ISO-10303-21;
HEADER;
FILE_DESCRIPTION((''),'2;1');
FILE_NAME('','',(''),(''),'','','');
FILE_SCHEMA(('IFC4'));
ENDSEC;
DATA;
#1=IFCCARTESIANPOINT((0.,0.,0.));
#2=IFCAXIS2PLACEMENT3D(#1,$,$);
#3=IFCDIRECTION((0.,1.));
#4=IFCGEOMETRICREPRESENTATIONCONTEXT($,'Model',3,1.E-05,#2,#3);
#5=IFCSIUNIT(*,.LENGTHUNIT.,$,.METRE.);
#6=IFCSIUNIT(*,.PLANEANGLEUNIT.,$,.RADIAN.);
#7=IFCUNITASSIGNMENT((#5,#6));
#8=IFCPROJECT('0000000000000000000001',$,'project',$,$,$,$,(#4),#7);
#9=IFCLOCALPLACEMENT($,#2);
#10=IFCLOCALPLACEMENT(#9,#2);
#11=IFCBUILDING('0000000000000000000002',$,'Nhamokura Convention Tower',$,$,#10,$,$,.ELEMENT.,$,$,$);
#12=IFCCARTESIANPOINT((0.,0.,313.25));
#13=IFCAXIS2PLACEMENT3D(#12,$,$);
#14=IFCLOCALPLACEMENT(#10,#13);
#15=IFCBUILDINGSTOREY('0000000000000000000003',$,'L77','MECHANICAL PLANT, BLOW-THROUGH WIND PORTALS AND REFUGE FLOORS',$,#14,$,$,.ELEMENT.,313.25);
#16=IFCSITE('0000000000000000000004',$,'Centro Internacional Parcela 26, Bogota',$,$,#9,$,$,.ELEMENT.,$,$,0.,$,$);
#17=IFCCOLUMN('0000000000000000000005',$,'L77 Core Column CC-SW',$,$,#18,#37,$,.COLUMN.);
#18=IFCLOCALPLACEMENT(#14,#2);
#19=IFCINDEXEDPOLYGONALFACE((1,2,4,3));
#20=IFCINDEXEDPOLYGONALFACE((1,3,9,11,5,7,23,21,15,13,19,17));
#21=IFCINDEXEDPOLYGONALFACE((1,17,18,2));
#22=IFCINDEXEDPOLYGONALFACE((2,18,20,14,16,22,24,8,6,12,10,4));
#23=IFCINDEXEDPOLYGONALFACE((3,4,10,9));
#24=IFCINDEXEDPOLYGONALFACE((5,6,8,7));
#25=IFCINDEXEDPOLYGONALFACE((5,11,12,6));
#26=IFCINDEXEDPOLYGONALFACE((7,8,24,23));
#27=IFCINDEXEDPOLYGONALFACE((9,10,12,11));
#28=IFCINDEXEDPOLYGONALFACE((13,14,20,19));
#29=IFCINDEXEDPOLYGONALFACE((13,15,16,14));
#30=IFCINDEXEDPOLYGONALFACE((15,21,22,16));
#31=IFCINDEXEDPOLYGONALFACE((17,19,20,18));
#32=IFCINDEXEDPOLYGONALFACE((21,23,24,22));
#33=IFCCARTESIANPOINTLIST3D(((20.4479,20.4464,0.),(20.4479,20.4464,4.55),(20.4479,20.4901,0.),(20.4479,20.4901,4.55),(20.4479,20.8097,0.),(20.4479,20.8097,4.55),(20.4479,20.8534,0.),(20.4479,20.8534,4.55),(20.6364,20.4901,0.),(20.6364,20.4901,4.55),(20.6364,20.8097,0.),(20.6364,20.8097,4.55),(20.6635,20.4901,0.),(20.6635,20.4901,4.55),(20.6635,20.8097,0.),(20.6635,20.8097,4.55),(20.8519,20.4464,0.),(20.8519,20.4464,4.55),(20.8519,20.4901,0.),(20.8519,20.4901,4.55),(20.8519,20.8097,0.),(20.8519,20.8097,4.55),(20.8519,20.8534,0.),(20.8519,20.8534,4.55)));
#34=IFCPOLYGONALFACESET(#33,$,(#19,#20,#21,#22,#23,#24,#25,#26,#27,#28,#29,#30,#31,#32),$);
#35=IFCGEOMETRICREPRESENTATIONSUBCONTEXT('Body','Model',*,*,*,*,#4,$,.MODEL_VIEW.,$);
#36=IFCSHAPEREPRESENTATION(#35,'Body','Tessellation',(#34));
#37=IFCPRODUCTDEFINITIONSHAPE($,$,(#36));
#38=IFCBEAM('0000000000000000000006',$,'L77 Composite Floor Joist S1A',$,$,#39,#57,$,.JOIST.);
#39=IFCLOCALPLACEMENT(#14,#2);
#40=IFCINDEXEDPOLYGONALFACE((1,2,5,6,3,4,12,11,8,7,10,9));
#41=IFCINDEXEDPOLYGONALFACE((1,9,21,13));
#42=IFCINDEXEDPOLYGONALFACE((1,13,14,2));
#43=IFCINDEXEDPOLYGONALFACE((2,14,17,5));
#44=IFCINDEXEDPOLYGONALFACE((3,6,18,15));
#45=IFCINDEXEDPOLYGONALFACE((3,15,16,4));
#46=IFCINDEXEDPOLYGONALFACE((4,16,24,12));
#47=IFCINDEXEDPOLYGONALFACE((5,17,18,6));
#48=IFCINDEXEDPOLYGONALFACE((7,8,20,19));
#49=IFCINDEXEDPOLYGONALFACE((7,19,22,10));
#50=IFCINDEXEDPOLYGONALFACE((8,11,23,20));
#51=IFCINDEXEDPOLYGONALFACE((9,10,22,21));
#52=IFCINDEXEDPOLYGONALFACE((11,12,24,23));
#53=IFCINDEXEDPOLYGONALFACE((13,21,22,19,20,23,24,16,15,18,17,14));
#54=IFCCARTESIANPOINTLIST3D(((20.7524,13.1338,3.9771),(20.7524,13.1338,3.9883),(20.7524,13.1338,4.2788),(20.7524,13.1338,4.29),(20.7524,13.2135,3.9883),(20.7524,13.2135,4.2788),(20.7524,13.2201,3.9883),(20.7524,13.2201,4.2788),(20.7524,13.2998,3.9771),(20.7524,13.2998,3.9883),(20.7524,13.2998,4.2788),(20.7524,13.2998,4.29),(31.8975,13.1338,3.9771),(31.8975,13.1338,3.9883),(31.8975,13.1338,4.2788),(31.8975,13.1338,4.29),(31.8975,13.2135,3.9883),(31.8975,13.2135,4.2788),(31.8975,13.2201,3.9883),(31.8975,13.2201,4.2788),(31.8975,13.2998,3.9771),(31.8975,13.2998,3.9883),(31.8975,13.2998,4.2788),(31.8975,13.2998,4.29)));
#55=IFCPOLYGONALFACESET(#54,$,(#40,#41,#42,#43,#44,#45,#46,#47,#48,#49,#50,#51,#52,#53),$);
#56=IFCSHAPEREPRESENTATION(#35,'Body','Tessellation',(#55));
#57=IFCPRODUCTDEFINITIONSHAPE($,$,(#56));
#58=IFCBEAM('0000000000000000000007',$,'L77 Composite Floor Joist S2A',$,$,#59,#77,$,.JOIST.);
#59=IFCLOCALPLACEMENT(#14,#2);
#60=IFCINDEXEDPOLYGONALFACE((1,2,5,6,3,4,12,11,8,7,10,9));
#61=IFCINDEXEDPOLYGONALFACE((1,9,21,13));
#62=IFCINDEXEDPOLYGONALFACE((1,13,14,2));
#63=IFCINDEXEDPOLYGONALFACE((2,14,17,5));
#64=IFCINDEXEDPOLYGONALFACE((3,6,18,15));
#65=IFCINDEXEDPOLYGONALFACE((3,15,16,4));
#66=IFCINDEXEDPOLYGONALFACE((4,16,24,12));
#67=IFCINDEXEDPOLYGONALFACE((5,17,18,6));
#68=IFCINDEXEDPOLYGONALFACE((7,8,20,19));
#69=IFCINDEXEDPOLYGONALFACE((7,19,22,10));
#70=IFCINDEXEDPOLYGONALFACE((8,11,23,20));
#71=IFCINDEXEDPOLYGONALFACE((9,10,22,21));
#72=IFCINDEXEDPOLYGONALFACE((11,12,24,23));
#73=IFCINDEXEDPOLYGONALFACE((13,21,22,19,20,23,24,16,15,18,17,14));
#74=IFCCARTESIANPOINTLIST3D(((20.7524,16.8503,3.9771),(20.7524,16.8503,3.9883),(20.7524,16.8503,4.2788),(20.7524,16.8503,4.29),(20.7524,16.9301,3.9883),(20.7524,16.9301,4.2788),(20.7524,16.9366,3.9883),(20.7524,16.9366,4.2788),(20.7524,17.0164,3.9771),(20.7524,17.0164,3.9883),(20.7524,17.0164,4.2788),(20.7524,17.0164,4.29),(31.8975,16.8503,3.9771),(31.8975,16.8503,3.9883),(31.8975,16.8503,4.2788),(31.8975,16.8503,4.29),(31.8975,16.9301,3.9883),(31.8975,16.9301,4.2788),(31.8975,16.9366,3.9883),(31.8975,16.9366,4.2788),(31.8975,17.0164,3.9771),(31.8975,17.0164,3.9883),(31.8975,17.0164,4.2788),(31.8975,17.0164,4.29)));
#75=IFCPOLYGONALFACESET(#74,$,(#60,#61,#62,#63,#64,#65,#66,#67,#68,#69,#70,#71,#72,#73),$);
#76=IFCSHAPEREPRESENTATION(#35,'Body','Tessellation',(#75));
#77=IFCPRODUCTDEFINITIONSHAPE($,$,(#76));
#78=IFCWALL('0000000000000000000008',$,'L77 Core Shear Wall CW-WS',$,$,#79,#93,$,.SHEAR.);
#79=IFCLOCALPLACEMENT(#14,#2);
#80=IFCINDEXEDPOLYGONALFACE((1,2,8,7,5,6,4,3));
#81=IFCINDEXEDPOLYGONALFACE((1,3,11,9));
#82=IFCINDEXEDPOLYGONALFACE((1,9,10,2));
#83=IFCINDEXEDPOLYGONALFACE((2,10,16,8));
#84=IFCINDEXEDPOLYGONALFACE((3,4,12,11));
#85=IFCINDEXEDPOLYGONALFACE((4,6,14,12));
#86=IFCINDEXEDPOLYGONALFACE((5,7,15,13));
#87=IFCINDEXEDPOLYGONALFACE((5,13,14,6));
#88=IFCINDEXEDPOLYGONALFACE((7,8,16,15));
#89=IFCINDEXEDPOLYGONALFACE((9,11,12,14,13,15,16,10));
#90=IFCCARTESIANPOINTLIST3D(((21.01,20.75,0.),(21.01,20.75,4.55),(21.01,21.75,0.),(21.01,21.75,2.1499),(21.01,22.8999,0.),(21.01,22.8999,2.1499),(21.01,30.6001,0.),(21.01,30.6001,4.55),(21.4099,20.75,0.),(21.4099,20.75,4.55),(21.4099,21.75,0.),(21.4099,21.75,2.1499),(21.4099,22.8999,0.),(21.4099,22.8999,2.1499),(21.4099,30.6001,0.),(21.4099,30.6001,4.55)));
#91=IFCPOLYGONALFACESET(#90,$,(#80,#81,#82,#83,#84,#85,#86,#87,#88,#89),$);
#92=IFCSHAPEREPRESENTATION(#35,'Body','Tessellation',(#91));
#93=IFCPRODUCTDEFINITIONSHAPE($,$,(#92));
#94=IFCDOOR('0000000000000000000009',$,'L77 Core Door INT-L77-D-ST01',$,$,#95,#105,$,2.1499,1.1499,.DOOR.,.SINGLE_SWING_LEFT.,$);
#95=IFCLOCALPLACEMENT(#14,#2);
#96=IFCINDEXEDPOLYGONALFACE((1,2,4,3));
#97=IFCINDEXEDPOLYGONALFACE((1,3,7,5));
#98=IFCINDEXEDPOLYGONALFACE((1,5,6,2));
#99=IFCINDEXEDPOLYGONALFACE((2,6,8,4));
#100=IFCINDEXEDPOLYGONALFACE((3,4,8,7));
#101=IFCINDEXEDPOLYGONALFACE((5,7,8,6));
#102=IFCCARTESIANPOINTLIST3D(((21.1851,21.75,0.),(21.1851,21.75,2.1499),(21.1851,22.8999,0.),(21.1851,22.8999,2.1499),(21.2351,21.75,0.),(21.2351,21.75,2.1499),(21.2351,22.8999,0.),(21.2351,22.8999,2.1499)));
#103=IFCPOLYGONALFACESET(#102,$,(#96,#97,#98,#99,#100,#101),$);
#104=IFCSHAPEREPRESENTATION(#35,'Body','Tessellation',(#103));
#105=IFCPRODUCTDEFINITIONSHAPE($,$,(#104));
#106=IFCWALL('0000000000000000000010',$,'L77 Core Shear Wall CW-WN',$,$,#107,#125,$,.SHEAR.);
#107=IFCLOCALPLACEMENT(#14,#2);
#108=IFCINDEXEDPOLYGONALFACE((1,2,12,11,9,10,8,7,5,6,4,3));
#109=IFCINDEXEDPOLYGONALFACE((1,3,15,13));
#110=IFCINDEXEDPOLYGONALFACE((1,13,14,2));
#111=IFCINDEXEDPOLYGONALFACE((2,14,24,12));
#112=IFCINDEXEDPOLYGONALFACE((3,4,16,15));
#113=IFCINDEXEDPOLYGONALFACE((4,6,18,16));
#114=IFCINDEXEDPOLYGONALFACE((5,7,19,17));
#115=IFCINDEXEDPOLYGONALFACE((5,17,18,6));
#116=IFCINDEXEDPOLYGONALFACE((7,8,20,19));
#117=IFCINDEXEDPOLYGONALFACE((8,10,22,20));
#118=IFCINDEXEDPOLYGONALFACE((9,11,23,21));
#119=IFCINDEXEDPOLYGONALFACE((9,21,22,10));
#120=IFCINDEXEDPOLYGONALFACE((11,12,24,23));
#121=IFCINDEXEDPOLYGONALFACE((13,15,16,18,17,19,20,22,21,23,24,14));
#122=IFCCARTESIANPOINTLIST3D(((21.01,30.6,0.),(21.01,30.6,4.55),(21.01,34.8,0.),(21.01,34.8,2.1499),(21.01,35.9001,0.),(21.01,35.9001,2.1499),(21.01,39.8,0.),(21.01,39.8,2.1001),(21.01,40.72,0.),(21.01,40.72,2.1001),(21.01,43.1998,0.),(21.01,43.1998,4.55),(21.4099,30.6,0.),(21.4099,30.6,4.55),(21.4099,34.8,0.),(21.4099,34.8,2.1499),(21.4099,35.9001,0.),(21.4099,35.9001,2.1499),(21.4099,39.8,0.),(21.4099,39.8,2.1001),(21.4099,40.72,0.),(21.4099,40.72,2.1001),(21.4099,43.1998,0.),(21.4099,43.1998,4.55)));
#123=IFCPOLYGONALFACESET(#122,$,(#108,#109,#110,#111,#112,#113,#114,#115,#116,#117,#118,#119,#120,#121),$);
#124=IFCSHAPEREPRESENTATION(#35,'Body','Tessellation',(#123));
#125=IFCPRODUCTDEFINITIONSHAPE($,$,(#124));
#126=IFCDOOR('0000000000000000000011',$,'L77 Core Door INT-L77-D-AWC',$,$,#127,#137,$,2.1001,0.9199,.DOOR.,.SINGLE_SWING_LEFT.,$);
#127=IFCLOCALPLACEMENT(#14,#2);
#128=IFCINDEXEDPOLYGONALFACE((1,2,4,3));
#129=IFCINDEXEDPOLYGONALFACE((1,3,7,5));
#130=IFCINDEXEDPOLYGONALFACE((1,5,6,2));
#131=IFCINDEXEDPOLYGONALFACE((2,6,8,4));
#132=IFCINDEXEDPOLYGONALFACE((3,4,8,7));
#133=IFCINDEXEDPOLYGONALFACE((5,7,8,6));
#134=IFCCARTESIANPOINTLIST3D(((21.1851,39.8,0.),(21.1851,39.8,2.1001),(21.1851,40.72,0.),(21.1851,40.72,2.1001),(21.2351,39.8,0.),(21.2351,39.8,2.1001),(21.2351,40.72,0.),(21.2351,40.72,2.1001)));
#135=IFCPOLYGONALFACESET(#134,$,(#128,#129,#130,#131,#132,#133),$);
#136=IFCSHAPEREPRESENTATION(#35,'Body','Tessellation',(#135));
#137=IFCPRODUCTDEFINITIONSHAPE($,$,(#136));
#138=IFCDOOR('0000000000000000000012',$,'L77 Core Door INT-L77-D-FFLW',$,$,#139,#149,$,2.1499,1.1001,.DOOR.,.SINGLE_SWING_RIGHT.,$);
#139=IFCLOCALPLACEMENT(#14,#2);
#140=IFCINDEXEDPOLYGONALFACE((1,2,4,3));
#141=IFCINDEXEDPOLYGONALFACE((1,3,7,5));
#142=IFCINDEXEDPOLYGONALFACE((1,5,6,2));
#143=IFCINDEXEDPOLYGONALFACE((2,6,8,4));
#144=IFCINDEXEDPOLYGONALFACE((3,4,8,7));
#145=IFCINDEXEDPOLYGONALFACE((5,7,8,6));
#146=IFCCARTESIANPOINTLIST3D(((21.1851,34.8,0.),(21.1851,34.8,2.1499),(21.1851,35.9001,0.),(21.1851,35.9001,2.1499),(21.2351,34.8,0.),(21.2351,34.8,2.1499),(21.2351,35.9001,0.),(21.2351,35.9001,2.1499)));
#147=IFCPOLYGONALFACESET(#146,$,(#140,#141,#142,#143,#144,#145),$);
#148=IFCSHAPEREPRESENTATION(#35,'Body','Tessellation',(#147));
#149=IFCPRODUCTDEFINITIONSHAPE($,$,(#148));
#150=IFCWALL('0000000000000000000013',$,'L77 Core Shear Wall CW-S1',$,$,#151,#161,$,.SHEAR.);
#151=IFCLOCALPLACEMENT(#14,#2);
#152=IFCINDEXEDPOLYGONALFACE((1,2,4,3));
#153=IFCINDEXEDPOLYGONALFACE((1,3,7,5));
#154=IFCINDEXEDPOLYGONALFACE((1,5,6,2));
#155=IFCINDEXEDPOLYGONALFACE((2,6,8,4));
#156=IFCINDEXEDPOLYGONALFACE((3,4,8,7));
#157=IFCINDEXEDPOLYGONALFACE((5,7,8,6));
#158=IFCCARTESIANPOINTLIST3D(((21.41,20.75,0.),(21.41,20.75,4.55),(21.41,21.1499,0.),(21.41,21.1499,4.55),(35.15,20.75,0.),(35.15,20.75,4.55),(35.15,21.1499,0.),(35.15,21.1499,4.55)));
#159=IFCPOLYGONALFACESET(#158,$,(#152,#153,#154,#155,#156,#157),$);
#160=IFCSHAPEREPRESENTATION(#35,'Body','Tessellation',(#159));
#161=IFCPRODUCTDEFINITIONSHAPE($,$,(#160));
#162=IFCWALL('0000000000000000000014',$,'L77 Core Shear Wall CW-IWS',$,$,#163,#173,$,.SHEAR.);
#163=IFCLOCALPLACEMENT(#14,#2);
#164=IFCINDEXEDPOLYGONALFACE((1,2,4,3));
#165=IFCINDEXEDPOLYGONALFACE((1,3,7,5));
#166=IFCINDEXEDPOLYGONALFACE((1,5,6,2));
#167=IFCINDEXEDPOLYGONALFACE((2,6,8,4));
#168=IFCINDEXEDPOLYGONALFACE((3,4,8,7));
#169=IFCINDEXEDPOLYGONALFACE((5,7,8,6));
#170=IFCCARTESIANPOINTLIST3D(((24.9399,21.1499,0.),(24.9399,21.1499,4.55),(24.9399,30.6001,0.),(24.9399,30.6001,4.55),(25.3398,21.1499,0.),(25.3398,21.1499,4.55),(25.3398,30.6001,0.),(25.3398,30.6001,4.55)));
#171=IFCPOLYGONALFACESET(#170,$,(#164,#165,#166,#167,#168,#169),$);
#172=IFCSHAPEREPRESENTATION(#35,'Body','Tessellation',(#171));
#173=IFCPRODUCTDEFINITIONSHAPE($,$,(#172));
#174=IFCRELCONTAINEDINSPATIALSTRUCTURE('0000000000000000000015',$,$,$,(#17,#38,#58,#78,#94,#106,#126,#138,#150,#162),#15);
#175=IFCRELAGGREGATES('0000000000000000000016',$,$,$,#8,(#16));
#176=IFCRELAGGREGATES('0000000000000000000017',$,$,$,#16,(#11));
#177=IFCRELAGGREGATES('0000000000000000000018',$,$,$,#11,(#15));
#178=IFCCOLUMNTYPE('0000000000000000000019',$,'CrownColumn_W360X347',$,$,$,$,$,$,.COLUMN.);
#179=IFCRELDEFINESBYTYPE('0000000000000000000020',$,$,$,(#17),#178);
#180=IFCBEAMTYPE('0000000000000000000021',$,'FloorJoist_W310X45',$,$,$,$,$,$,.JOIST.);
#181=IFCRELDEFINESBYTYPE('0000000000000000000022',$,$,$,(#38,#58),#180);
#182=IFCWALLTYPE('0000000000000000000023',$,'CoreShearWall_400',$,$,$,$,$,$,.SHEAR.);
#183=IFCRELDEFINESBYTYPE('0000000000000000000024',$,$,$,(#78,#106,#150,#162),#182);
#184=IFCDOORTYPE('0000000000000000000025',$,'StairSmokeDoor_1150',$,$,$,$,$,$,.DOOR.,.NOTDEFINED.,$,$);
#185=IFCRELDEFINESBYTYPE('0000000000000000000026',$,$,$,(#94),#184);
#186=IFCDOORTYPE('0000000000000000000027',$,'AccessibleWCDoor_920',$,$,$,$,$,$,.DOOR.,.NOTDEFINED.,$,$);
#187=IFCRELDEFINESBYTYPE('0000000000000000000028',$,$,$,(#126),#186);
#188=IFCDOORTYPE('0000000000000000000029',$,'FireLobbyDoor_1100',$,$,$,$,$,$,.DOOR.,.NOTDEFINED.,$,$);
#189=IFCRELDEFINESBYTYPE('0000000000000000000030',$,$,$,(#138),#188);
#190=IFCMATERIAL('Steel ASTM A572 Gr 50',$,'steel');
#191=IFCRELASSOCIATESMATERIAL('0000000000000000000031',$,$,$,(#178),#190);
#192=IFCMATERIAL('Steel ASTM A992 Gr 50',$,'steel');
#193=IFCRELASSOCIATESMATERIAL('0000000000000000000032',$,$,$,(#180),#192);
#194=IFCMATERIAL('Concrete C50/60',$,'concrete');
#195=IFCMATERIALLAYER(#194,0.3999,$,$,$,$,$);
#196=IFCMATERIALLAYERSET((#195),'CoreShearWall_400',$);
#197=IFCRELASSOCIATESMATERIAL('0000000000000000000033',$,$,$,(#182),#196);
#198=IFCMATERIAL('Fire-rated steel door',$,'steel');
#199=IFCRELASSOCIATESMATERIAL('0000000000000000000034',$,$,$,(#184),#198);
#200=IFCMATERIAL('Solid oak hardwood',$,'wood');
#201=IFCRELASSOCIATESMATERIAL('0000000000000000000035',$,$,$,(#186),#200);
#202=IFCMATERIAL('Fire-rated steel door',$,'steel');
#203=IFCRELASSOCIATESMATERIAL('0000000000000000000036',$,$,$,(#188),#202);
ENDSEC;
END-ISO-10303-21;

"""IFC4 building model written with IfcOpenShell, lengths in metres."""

from ifc_helpers import new_model, si_unit, direction, frame, frame_2d, origin, origin_2d, place, context, subcontext, project, spatial, rectangle, i_section, extrude, material, layer, layer_set, material_profile, profile_set, type_object, element, fill, save


model = new_model("IFC4")

# Units and contexts
model_context = context("Model", 3, precision=1e-05, world=origin(), true_north=direction((0.0, 1.0)))
body_context = subcontext(model_context, "Body", "Model", "MODEL_VIEW")
ifc_project = project(units=[si_unit("LENGTHUNIT", "METRE"), si_unit("PLANEANGLEUNIT", "RADIAN")], contexts=[model_context])

# Site, building, storey
site_placement = place(None, origin())
site = spatial("IfcSite", under=ifc_project, at=site_placement, Name="Centro Internacional Parcela 26, Bogota", CompositionType="ELEMENT", RefElevation=0.0)
building_placement = place(site_placement, origin())
building = spatial("IfcBuilding", under=site, at=building_placement, Name="Nhamokura Convention Tower", CompositionType="ELEMENT")
storey_placement = place(building_placement, frame((0.0, 0.0, 313.25)))
storey = spatial("IfcBuildingStorey", under=building, at=storey_placement, Name="L77", Description="MECHANICAL PLANT, BLOW-THROUGH WIND PORTALS AND REFUGE FLOORS", CompositionType="ELEMENT", Elevation=313.25)

# Column
ifc_material_1 = material(Name="Steel ASTM A572 Gr 50", Category="steel")
ifc_material_profile_1 = material_profile(ifc_material_1, i_section(OverallWidth=0.4041, OverallDepth=0.407, WebThickness=0.0271, FlangeThickness=0.0437, at=origin_2d()))
ifc_profile_set_1 = profile_set([ifc_material_profile_1], Name="Steel ASTM A572 Gr 50")
column_type = type_object("IfcColumnType", Name="CrownColumn_W360X347", PredefinedType="COLUMN", material=ifc_profile_set_1)
column_placement = place(storey_placement, frame((20.6499, 20.6499, 0.0), z_axis=(0.0, 0.0, 1.0), x_axis=(1.0, 0.0, 0.0)))
element("IfcColumn", 1, at=column_placement, inside=storey, type_object=column_type, Name="L77 Core Column CC-SW", PredefinedType="COLUMN", context=body_context, shape_type="SweptSolid", body=[
    extrude(i_section(OverallWidth=0.4041, OverallDepth=0.407, WebThickness=0.0271, FlangeThickness=0.0437, at=origin_2d()), origin(), (0.0, 0.0, 1.0), 4.55),
])

# Beams
ifc_material_2 = material(Name="Steel ASTM A992 Gr 50", Category="steel")
ifc_material_profile_2 = material_profile(ifc_material_2, i_section(OverallWidth=0.166, OverallDepth=0.313, WebThickness=0.0066, FlangeThickness=0.0112, at=origin_2d()))
ifc_profile_set_2 = profile_set([ifc_material_profile_2], Name="Steel ASTM A992 Gr 50")
beam_type = type_object("IfcBeamType", Name="FloorJoist_W310X45", PredefinedType="JOIST", material=ifc_profile_set_2)
for number, where, z_axis, x_axis, name in (
    (2, (20.7524, 13.2168, 4.1335), (1.0, 0.0, 0.0), (0.0, 1.0, 0.0), "L77 Composite Floor Joist S1A"),
    (3, (20.7524, 16.9333, 4.1335), (1.0, 0.0, 0.0), (0.0, 1.0, 0.0), "L77 Composite Floor Joist S2A"),
):
    element("IfcBeam", number, at=place(storey_placement, frame(where, z_axis=z_axis, x_axis=x_axis)), inside=storey, type_object=beam_type, Name=name, PredefinedType="JOIST", context=body_context, shape_type="SweptSolid", body=[
        extrude(i_section(OverallWidth=0.166, OverallDepth=0.313, WebThickness=0.0066, FlangeThickness=0.0112, at=origin_2d()), origin(), (0.0, 0.0, 1.0), 11.145),
    ])

# Wall, opening, door
ifc_material_3 = material(Name="Concrete C50/60", Category="concrete")
ifc_layer_1 = layer(ifc_material_3, 0.3999)
ifc_layer_set_1 = layer_set([ifc_layer_1], Name="CoreShearWall_400")
wall_type_1 = type_object("IfcWallType", Name="CoreShearWall_400", PredefinedType="SHEAR", material=ifc_layer_set_1)
wall_1_placement = place(storey_placement, frame((21.21, 20.75, 0.0), z_axis=(0.0, 0.0, 1.0), x_axis=(0.0, 1.0, 0.0)))
wall_1 = element("IfcWall", 4, at=wall_1_placement, inside=storey, type_object=wall_type_1, Name="L77 Core Shear Wall CW-WS", PredefinedType="SHEAR", context=body_context, shape_type="SweptSolid", body=[
    extrude(rectangle(XDim=9.8501, YDim=0.3999, at=frame_2d((4.925, 0.0))), origin(), (0.0, 0.0, 1.0), 4.55),
])
opening_1_placement = place(wall_1_placement, frame((1.0, 0.0, 0.0)))
opening_1 = element("IfcOpeningElement", 5, at=opening_1_placement, cuts=wall_1, PredefinedType="OPENING", context=body_context, shape_type="SweptSolid", body=[
    extrude(rectangle(XDim=1.1499, YDim=2.1499, at=frame_2d((0.575, 1.075))), frame((0.0, 0.21, 0.0), z_axis=(0.0, -1.0, 0.0), x_axis=(1.0, 0.0, 0.0)), (0.0, 0.0, 1.0), 0.4199),
])
ifc_material_4 = material(Name="Fire-rated steel door", Category="steel")
door_type_1 = type_object("IfcDoorType", Name="StairSmokeDoor_1150", OperationType="NOTDEFINED", PredefinedType="DOOR", material=ifc_material_4)
door_1_placement = place(opening_1_placement, origin())
door_1 = element("IfcDoor", 6, at=door_1_placement, inside=storey, type_object=door_type_1, Name="L77 Core Door INT-L77-D-ST01", OperationType="SINGLE_SWING_LEFT", OverallHeight=2.1499, OverallWidth=1.1499, PredefinedType="DOOR", context=body_context, shape_type="SweptSolid", body=[
    extrude(rectangle(XDim=1.1499, YDim=2.1499, at=frame_2d((0.575, 1.075))), frame((0.0, 0.0249, 0.0), z_axis=(0.0, -1.0, 0.0), x_axis=(1.0, 0.0, 0.0)), (0.0, 0.0, 1.0), 0.05),
])
fill(opening_1, door_1)

# Wall, openings, doors
wall_2_placement = place(storey_placement, frame((21.21, 30.6001, 0.0), z_axis=(0.0, 0.0, 1.0), x_axis=(0.0, 1.0, 0.0)))
wall_2 = element("IfcWall", 7, at=wall_2_placement, inside=storey, type_object=wall_type_1, Name="L77 Core Shear Wall CW-WN", PredefinedType="SHEAR", context=body_context, shape_type="SweptSolid", body=[
    extrude(rectangle(XDim=12.5999, YDim=0.3999, at=frame_2d((6.2998, 0.0))), origin(), (0.0, 0.0, 1.0), 4.55),
])
opening_2_placement = place(wall_2_placement, frame((4.2, 0.0, 0.0)))
opening_2 = element("IfcOpeningElement", 8, at=opening_2_placement, cuts=wall_2, PredefinedType="OPENING", context=body_context, shape_type="SweptSolid", body=[
    extrude(rectangle(XDim=1.1001, YDim=2.1499, at=frame_2d((0.55, 1.075))), frame((0.0, 0.21, 0.0), z_axis=(0.0, -1.0, 0.0), x_axis=(1.0, 0.0, 0.0)), (0.0, 0.0, 1.0), 0.4199),
])
opening_3_placement = place(wall_2_placement, frame((9.2, 0.0, 0.0)))
opening_3 = element("IfcOpeningElement", 9, at=opening_3_placement, cuts=wall_2, PredefinedType="OPENING", context=body_context, shape_type="SweptSolid", body=[
    extrude(rectangle(XDim=0.9199, YDim=2.1001, at=frame_2d((0.46, 1.05))), frame((0.0, 0.21, 0.0), z_axis=(0.0, -1.0, 0.0), x_axis=(1.0, 0.0, 0.0)), (0.0, 0.0, 1.0), 0.4199),
])
ifc_material_5 = material(Name="Solid oak hardwood", Category="wood")
door_type_2 = type_object("IfcDoorType", Name="AccessibleWCDoor_920", OperationType="NOTDEFINED", PredefinedType="DOOR", material=ifc_material_5)
door_2_placement = place(opening_3_placement, origin())
door_2 = element("IfcDoor", 10, at=door_2_placement, inside=storey, type_object=door_type_2, Name="L77 Core Door INT-L77-D-AWC", OperationType="SINGLE_SWING_LEFT", OverallHeight=2.1001, OverallWidth=0.9199, PredefinedType="DOOR", context=body_context, shape_type="SweptSolid", body=[
    extrude(rectangle(XDim=0.9199, YDim=2.1001, at=frame_2d((0.46, 1.05))), frame((0.0, 0.0249, 0.0), z_axis=(0.0, -1.0, 0.0), x_axis=(1.0, 0.0, 0.0)), (0.0, 0.0, 1.0), 0.05),
])
fill(opening_3, door_2)
ifc_material_6 = material(Name="Fire-rated steel door", Category="steel")
door_type_3 = type_object("IfcDoorType", Name="FireLobbyDoor_1100", OperationType="NOTDEFINED", PredefinedType="DOOR", material=ifc_material_6)
door_3_placement = place(opening_2_placement, origin())
door_3 = element("IfcDoor", 11, at=door_3_placement, inside=storey, type_object=door_type_3, Name="L77 Core Door INT-L77-D-FFLW", OperationType="SINGLE_SWING_RIGHT", OverallHeight=2.1499, OverallWidth=1.1001, PredefinedType="DOOR", context=body_context, shape_type="SweptSolid", body=[
    extrude(rectangle(XDim=1.1001, YDim=2.1499, at=frame_2d((0.55, 1.075))), frame((0.0, 0.0249, 0.0), z_axis=(0.0, -1.0, 0.0), x_axis=(1.0, 0.0, 0.0)), (0.0, 0.0, 1.0), 0.05),
])
fill(opening_2, door_3)

# Walls
wall_3_placement = place(storey_placement, frame((21.4099, 20.95, 0.0), z_axis=(0.0, 0.0, 1.0), x_axis=(1.0, 0.0, 0.0)))
element("IfcWall", 12, at=wall_3_placement, inside=storey, type_object=wall_type_1, Name="L77 Core Shear Wall CW-S1", PredefinedType="SHEAR", context=body_context, shape_type="SweptSolid", body=[
    extrude(rectangle(XDim=13.74, YDim=0.3999, at=frame_2d((6.8701, 0.0))), origin(), (0.0, 0.0, 1.0), 4.55),
])
wall_4_placement = place(storey_placement, frame((25.1399, 21.1499, 0.0), z_axis=(0.0, 0.0, 1.0), x_axis=(0.0, 1.0, 0.0)))
element("IfcWall", 13, at=wall_4_placement, inside=storey, type_object=wall_type_1, Name="L77 Core Shear Wall CW-IWS", PredefinedType="SHEAR", context=body_context, shape_type="SweptSolid", body=[
    extrude(rectangle(XDim=9.4502, YDim=0.3999, at=frame_2d((4.7251, 0.0))), origin(), (0.0, 0.0, 1.0), 4.55),
])

save(model, "model.ifc")
